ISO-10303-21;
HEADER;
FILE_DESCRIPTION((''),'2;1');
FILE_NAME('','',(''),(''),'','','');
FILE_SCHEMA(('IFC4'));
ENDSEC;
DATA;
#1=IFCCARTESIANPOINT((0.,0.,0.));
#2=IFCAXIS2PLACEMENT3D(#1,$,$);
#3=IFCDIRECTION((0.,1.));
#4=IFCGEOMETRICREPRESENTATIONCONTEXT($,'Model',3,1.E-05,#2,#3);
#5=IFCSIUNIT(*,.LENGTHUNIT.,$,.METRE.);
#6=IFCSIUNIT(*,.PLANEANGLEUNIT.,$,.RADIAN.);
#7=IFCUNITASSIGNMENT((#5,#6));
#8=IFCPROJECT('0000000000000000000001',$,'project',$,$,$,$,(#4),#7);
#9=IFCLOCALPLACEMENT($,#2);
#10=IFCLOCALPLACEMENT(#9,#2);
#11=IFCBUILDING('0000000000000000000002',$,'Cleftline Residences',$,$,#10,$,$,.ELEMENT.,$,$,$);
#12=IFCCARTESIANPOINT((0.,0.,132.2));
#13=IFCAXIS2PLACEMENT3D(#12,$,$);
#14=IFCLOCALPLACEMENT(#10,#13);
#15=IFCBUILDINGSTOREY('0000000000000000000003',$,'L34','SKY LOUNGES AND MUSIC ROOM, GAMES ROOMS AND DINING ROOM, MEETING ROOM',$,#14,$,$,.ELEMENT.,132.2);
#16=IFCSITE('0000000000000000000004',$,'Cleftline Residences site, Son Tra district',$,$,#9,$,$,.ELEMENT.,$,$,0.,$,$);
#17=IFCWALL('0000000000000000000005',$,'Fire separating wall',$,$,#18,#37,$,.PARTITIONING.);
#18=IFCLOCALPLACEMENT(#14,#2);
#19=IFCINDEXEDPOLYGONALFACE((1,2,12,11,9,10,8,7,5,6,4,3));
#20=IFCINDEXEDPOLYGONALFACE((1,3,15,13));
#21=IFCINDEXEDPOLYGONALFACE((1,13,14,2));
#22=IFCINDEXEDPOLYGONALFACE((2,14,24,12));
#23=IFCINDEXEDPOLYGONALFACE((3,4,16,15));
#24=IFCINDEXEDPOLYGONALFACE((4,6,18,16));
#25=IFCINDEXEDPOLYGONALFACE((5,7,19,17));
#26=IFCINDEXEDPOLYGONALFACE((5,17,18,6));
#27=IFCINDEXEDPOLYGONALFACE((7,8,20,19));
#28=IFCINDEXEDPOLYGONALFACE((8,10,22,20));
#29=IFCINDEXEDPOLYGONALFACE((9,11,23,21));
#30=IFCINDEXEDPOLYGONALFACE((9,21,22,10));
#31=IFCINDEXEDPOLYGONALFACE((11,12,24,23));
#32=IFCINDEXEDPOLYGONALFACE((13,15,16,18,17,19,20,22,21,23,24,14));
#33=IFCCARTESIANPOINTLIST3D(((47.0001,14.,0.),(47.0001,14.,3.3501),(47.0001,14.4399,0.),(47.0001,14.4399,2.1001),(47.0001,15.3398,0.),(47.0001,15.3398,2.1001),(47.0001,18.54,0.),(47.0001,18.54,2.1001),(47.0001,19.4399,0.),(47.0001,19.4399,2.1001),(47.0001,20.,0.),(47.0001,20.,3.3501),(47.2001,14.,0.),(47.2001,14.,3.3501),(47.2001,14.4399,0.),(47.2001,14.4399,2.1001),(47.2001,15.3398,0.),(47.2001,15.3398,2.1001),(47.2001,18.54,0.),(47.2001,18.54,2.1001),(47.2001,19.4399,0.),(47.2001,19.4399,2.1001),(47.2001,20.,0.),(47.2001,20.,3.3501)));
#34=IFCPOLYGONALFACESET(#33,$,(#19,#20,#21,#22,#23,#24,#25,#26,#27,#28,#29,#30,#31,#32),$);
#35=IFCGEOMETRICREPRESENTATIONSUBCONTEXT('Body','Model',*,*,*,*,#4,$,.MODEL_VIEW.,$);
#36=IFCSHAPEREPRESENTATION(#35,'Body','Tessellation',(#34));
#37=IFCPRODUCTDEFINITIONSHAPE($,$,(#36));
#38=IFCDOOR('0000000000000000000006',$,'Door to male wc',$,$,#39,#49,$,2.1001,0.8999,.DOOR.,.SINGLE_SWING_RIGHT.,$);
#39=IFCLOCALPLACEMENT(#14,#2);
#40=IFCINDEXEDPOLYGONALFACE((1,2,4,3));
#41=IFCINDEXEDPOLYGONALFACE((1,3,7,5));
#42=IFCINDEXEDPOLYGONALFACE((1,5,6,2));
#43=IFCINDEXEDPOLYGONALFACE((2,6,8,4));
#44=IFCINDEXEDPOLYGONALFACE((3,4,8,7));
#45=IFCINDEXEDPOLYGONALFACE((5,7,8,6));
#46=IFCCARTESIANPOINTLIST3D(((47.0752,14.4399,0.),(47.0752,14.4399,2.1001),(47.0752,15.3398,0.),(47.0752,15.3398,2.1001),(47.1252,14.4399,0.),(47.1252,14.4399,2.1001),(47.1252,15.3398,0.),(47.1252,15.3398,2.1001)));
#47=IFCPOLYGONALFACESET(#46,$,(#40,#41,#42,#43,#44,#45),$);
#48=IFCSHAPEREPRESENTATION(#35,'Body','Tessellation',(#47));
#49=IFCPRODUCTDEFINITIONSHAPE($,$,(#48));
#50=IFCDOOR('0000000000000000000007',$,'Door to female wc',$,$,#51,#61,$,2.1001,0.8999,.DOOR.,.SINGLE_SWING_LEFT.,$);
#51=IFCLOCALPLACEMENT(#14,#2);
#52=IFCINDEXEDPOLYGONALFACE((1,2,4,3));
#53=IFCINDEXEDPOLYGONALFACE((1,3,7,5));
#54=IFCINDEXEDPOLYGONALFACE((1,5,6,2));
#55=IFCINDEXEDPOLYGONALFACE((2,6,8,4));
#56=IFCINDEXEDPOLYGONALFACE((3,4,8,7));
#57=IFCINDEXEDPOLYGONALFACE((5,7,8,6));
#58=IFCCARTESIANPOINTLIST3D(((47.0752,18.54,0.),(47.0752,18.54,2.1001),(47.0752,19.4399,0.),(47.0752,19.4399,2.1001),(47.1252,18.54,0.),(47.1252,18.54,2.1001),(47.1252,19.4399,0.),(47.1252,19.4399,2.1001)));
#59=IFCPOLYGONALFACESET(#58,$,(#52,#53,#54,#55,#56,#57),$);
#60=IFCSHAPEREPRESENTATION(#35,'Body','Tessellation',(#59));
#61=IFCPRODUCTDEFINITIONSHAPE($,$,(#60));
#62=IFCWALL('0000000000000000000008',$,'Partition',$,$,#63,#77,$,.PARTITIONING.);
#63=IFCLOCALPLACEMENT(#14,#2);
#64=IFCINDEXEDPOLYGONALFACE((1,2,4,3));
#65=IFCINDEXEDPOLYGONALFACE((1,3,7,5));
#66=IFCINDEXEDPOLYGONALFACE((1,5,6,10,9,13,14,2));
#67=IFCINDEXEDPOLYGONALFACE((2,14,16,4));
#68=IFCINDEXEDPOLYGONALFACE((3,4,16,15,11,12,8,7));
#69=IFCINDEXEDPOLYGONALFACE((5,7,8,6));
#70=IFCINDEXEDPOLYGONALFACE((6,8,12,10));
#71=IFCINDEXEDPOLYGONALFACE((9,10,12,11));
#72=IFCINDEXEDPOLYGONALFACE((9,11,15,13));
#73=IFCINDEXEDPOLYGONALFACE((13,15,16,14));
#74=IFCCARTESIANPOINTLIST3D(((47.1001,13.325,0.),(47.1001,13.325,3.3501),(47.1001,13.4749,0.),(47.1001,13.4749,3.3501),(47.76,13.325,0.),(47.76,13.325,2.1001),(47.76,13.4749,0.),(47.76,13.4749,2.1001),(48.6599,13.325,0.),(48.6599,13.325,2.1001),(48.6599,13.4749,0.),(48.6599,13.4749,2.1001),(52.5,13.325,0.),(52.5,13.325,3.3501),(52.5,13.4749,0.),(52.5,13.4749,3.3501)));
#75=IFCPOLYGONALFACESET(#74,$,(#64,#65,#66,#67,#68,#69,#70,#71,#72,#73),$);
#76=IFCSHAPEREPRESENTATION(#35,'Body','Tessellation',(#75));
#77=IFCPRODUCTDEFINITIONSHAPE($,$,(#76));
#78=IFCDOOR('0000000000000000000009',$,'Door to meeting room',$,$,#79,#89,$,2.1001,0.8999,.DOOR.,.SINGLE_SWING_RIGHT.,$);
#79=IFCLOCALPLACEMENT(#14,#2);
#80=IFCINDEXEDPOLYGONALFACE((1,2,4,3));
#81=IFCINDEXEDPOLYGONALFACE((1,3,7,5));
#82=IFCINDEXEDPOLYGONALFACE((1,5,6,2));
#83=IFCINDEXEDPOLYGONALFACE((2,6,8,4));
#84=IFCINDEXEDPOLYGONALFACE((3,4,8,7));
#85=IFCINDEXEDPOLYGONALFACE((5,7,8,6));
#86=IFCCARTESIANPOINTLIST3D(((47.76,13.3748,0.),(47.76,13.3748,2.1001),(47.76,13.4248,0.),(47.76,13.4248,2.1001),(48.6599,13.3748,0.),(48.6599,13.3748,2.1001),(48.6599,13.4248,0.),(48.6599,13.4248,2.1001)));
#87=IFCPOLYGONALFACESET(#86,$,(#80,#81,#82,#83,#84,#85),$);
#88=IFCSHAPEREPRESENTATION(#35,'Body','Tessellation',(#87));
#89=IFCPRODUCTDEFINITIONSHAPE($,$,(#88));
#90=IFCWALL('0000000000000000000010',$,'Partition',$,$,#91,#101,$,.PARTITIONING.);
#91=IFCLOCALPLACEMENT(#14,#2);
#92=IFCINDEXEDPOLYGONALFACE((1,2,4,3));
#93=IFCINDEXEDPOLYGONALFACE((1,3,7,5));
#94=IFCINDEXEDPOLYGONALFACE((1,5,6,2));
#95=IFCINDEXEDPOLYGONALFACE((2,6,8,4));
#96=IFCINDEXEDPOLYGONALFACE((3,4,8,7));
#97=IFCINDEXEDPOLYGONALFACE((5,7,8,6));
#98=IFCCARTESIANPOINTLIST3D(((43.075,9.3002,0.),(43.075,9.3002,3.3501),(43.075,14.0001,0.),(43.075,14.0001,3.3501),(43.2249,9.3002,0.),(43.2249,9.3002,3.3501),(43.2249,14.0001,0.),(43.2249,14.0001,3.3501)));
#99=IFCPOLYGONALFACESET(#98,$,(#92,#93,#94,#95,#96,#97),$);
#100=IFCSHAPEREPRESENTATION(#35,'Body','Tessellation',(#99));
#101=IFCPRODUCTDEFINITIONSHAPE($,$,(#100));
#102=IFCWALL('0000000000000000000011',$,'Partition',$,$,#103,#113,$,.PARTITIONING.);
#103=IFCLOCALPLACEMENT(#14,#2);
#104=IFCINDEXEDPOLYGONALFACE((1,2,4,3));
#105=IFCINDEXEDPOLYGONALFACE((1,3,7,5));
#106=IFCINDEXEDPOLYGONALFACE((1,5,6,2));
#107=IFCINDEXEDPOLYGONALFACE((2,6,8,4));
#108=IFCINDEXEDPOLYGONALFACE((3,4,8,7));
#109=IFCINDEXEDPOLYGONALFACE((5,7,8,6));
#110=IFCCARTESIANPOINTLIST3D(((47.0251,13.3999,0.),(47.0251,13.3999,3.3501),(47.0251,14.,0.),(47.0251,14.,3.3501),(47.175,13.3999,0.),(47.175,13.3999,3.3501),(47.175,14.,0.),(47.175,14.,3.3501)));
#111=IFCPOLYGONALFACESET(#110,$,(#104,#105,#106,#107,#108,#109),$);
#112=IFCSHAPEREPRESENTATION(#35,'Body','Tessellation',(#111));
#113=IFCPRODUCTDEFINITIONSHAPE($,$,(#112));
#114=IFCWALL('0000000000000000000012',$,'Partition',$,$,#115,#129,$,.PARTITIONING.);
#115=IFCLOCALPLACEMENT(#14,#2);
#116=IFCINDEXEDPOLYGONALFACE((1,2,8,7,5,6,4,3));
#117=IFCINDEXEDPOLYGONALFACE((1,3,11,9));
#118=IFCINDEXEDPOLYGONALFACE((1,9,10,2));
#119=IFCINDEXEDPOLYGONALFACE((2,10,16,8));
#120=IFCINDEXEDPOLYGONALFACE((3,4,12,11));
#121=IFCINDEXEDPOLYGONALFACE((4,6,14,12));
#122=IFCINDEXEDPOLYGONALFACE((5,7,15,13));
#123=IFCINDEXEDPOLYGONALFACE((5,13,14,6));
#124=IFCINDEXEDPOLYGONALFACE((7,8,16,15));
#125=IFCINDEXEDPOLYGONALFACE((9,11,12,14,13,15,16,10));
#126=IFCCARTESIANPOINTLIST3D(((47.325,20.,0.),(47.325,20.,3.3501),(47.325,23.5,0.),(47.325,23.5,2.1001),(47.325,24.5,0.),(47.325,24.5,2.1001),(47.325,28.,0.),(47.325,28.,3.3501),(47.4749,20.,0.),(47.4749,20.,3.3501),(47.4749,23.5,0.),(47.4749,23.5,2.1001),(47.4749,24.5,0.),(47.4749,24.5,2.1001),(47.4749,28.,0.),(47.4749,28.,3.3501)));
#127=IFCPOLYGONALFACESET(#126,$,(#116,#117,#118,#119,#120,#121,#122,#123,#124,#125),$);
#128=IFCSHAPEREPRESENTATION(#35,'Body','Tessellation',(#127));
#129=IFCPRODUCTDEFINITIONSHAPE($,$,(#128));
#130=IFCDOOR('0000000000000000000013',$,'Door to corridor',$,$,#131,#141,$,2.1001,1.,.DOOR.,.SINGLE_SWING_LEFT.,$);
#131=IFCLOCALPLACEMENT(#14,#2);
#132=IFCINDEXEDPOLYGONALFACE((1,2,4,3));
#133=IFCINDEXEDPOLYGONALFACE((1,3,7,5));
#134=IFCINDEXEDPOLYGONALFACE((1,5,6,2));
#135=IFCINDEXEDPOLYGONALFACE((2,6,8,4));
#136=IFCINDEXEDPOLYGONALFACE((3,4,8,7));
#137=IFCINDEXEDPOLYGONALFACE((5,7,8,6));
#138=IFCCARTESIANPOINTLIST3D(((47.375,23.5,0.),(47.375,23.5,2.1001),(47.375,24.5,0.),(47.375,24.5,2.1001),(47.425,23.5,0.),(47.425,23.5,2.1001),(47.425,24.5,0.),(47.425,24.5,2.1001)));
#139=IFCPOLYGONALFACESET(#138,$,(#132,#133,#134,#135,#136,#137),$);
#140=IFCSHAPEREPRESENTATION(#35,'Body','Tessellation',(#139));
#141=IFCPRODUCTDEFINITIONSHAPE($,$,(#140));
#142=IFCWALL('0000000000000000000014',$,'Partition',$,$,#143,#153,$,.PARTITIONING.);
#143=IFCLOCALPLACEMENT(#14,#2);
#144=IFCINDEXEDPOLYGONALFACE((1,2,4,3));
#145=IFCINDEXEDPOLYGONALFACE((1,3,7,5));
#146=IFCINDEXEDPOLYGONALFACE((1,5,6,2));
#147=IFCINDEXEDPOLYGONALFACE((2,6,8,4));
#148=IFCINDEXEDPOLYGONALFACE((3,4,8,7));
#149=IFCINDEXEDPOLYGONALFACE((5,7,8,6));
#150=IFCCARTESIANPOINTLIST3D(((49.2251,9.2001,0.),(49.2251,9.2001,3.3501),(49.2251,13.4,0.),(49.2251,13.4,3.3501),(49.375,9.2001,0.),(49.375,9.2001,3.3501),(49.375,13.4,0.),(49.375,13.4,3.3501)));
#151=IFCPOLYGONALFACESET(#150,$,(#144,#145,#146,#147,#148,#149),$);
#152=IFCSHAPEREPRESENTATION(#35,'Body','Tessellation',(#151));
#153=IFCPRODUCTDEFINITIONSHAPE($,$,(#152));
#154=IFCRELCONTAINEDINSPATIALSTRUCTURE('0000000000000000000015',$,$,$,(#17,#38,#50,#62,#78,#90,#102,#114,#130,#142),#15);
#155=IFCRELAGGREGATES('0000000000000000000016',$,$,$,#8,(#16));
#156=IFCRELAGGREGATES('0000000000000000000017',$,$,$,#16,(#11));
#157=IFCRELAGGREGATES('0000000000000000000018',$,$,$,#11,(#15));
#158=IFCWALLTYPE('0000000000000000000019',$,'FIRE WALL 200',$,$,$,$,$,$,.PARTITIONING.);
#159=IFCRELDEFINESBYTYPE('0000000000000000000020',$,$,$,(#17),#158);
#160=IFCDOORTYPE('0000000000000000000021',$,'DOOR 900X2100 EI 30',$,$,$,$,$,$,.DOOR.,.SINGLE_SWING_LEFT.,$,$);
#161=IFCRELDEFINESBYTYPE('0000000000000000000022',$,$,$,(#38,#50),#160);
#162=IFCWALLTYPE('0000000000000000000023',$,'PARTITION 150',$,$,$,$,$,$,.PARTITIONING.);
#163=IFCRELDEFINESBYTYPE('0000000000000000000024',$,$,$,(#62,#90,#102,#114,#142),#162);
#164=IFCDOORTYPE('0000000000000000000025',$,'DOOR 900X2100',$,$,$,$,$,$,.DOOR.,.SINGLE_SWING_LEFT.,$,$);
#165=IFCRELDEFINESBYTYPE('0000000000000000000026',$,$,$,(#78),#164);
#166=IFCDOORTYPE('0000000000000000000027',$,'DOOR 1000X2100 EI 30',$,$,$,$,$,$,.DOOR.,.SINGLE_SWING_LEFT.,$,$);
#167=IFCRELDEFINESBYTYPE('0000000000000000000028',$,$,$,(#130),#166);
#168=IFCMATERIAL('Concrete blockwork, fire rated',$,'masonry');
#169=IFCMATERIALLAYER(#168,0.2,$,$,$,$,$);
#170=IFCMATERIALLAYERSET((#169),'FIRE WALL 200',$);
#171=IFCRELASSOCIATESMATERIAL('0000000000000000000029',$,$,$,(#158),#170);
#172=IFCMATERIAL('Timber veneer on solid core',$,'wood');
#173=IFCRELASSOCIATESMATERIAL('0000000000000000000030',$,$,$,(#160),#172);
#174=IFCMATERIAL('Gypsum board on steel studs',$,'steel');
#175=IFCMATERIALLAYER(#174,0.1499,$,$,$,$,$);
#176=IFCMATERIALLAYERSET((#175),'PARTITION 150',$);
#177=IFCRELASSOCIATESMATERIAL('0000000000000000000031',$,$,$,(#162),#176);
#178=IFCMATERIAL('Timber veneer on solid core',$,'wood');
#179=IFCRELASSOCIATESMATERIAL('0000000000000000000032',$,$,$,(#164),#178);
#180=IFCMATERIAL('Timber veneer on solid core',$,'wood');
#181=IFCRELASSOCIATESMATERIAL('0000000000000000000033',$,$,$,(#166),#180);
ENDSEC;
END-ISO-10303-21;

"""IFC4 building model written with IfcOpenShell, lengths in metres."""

from ifc_helpers import new_model, si_unit, direction, frame, frame_2d, origin, place, context, subcontext, project, spatial, rectangle, extrude, material, layer, layer_set, type_object, element, fill, save


model = new_model("IFC4")

# Units and contexts
model_context = context("Model", 3, precision=1e-05, world=origin(), true_north=direction((0.0, 1.0)))
body_context = subcontext(model_context, "Body", "Model", "MODEL_VIEW")
ifc_project = project(units=[si_unit("LENGTHUNIT", "METRE"), si_unit("PLANEANGLEUNIT", "RADIAN")], contexts=[model_context])

# Site, building, storey
site_placement = place(None, origin())
site = spatial("IfcSite", under=ifc_project, at=site_placement, Name="Cleftline Residences site, Son Tra district", CompositionType="ELEMENT", RefElevation=0.0)
building_placement = place(site_placement, origin())
building = spatial("IfcBuilding", under=site, at=building_placement, Name="Cleftline Residences", CompositionType="ELEMENT")
storey_placement = place(building_placement, frame((0.0, 0.0, 132.2)))
storey = spatial("IfcBuildingStorey", under=building, at=storey_placement, Name="L34", Description="SKY LOUNGES AND MUSIC ROOM, GAMES ROOMS AND DINING ROOM, MEETING ROOM", CompositionType="ELEMENT", Elevation=132.2)

# Shared definitions
ifc_material_1 = material(Name="Concrete blockwork, fire rated", Category="masonry")
ifc_layer_1 = layer(ifc_material_1, 0.2)
ifc_layer_set_1 = layer_set([ifc_layer_1], Name="FIRE WALL 200")
wall_type_1 = type_object("IfcWallType", Name="FIRE WALL 200", PredefinedType="PARTITIONING", material=ifc_layer_set_1)

# Wall, openings, doors
wall_1_placement = place(storey_placement, frame((47.1001, 14.0, 0.0), z_axis=(0.0, 0.0, 1.0), x_axis=(0.0, 1.0, 0.0)))
wall_1 = element("IfcWall", 1, at=wall_1_placement, inside=storey, type_object=wall_type_1, Name="Fire separating wall", PredefinedType="PARTITIONING", context=body_context, shape_type="SweptSolid", body=[
    extrude(rectangle(XDim=6.0, YDim=0.2, at=frame_2d((3.0, 0.0))), origin(), (0.0, 0.0, 1.0), 3.3501),
])
opening_1_placement = place(wall_1_placement, frame((0.4399, 0.0, 0.0)))
opening_1 = element("IfcOpeningElement", 2, at=opening_1_placement, cuts=wall_1, PredefinedType="OPENING", context=body_context, shape_type="SweptSolid", body=[
    extrude(rectangle(XDim=0.8999, YDim=2.1001, at=frame_2d((0.45, 1.05))), frame((0.0, 0.1099, 0.0), z_axis=(0.0, -1.0, 0.0), x_axis=(1.0, 0.0, 0.0)), (0.0, 0.0, 1.0), 0.22),
])
opening_2_placement = place(wall_1_placement, frame((4.54, 0.0, 0.0)))
opening_2 = element("IfcOpeningElement", 3, at=opening_2_placement, cuts=wall_1, PredefinedType="OPENING", context=body_context, shape_type="SweptSolid", body=[
    extrude(rectangle(XDim=0.8999, YDim=2.1001, at=frame_2d((0.45, 1.05))), frame((0.0, 0.1099, 0.0), z_axis=(0.0, -1.0, 0.0), x_axis=(1.0, 0.0, 0.0)), (0.0, 0.0, 1.0), 0.22),
])
ifc_material_2 = material(Name="Timber veneer on solid core", Category="wood")
door_type_1 = type_object("IfcDoorType", Name="DOOR 900X2100 EI 30", OperationType="SINGLE_SWING_LEFT", PredefinedType="DOOR", material=ifc_material_2)
door_1_placement = place(opening_1_placement, origin())
door_1 = element("IfcDoor", 4, at=door_1_placement, inside=storey, type_object=door_type_1, Name="Door to male wc", OperationType="SINGLE_SWING_RIGHT", OverallHeight=2.1001, OverallWidth=0.8999, PredefinedType="DOOR", context=body_context, shape_type="SweptSolid", body=[
    extrude(rectangle(XDim=0.8999, YDim=2.1001, at=frame_2d((0.45, 1.05))), frame((0.0, 0.0249, 0.0), z_axis=(0.0, -1.0, 0.0), x_axis=(1.0, 0.0, 0.0)), (0.0, 0.0, 1.0), 0.05),
])
fill(opening_1, door_1)
door_2_placement = place(opening_2_placement, origin())
door_2 = element("IfcDoor", 5, at=door_2_placement, inside=storey, type_object=door_type_1, Name="Door to female wc", OperationType="SINGLE_SWING_LEFT", OverallHeight=2.1001, OverallWidth=0.8999, PredefinedType="DOOR", context=body_context, shape_type="SweptSolid", body=[
    extrude(rectangle(XDim=0.8999, YDim=2.1001, at=frame_2d((0.45, 1.05))), frame((0.0, 0.0249, 0.0), z_axis=(0.0, -1.0, 0.0), x_axis=(1.0, 0.0, 0.0)), (0.0, 0.0, 1.0), 0.05),
])
fill(opening_2, door_2)

# Wall, opening, door
ifc_material_3 = material(Name="Gypsum board on steel studs", Category="steel")
ifc_layer_2 = layer(ifc_material_3, 0.1499)
ifc_layer_set_2 = layer_set([ifc_layer_2], Name="PARTITION 150")
wall_type_2 = type_object("IfcWallType", Name="PARTITION 150", PredefinedType="PARTITIONING", material=ifc_layer_set_2)
wall_2_placement = place(storey_placement, frame((47.1001, 13.3999, 0.0), z_axis=(0.0, 0.0, 1.0), x_axis=(1.0, 0.0, 0.0)))
wall_2 = element("IfcWall", 6, at=wall_2_placement, inside=storey, type_object=wall_type_2, Name="Partition", PredefinedType="PARTITIONING", context=body_context, shape_type="SweptSolid", body=[
    extrude(rectangle(XDim=5.3999, YDim=0.1499, at=frame_2d((2.7, 0.0))), origin(), (0.0, 0.0, 1.0), 3.3501),
])
opening_3_placement = place(wall_2_placement, frame((0.6599, 0.0, 0.0)))
opening_3 = element("IfcOpeningElement", 7, at=opening_3_placement, cuts=wall_2, PredefinedType="OPENING", context=body_context, shape_type="SweptSolid", body=[
    extrude(rectangle(XDim=0.8999, YDim=2.1001, at=frame_2d((0.45, 1.05))), frame((0.0, 0.085, 0.0), z_axis=(0.0, -1.0, 0.0), x_axis=(1.0, 0.0, 0.0)), (0.0, 0.0, 1.0), 0.1699),
])
ifc_material_4 = material(Name="Timber veneer on solid core", Category="wood")
door_type_2 = type_object("IfcDoorType", Name="DOOR 900X2100", OperationType="SINGLE_SWING_LEFT", PredefinedType="DOOR", material=ifc_material_4)
door_3_placement = place(opening_3_placement, origin())
door_3 = element("IfcDoor", 8, at=door_3_placement, inside=storey, type_object=door_type_2, Name="Door to meeting room", OperationType="SINGLE_SWING_RIGHT", OverallHeight=2.1001, OverallWidth=0.8999, PredefinedType="DOOR", context=body_context, shape_type="SweptSolid", body=[
    extrude(rectangle(XDim=0.8999, YDim=2.1001, at=frame_2d((0.45, 1.05))), frame((0.0, 0.0249, 0.0), z_axis=(0.0, -1.0, 0.0), x_axis=(1.0, 0.0, 0.0)), (0.0, 0.0, 1.0), 0.05),
])
fill(opening_3, door_3)

# Walls
wall_3_placement = place(storey_placement, frame((43.1499, 9.3, 0.0), z_axis=(0.0, 0.0, 1.0), x_axis=(0.0, 1.0, 0.0)))
element("IfcWall", 9, at=wall_3_placement, inside=storey, type_object=wall_type_2, Name="Partition", PredefinedType="PARTITIONING", context=body_context, shape_type="SweptSolid", body=[
    extrude(rectangle(XDim=4.7, YDim=0.1499, at=frame_2d((2.3501, 0.0))), origin(), (0.0, 0.0, 1.0), 3.3501),
])
wall_4_placement = place(storey_placement, frame((47.1001, 13.3999, 0.0), z_axis=(0.0, 0.0, 1.0), x_axis=(0.0, 1.0, 0.0)))
element("IfcWall", 10, at=wall_4_placement, inside=storey, type_object=wall_type_2, Name="Partition", PredefinedType="PARTITIONING", context=body_context, shape_type="SweptSolid", body=[
    extrude(rectangle(XDim=0.6001, YDim=0.1499, at=frame_2d((0.3, 0.0))), origin(), (0.0, 0.0, 1.0), 3.3501),
])

# Wall, opening, door
wall_5_placement = place(storey_placement, frame((47.3999, 20.0, 0.0), z_axis=(0.0, 0.0, 1.0), x_axis=(0.0, 1.0, 0.0)))
wall_5 = element("IfcWall", 11, at=wall_5_placement, inside=storey, type_object=wall_type_2, Name="Partition", PredefinedType="PARTITIONING", context=body_context, shape_type="SweptSolid", body=[
    extrude(rectangle(XDim=8.0, YDim=0.1499, at=frame_2d((4.0, 0.0))), origin(), (0.0, 0.0, 1.0), 3.3501),
])
opening_4_placement = place(wall_5_placement, frame((3.5, 0.0, 0.0)))
opening_4 = element("IfcOpeningElement", 12, at=opening_4_placement, cuts=wall_5, PredefinedType="OPENING", context=body_context, shape_type="SweptSolid", body=[
    extrude(rectangle(XDim=1.0, YDim=2.1001, at=frame_2d((0.5, 1.05))), frame((0.0, 0.085, 0.0), z_axis=(0.0, -1.0, 0.0), x_axis=(1.0, 0.0, 0.0)), (0.0, 0.0, 1.0), 0.1699),
])
ifc_material_5 = material(Name="Timber veneer on solid core", Category="wood")
door_type_3 = type_object("IfcDoorType", Name="DOOR 1000X2100 EI 30", OperationType="SINGLE_SWING_LEFT", PredefinedType="DOOR", material=ifc_material_5)
door_4_placement = place(opening_4_placement, origin())
door_4 = element("IfcDoor", 13, at=door_4_placement, inside=storey, type_object=door_type_3, Name="Door to corridor", OperationType="SINGLE_SWING_LEFT", OverallHeight=2.1001, OverallWidth=1.0, PredefinedType="DOOR", context=body_context, shape_type="SweptSolid", body=[
    extrude(rectangle(XDim=1.0, YDim=2.1001, at=frame_2d((0.5, 1.05))), frame((0.0, 0.0249, 0.0), z_axis=(0.0, -1.0, 0.0), x_axis=(1.0, 0.0, 0.0)), (0.0, 0.0, 1.0), 0.05),
])
fill(opening_4, door_4)

# Wall
wall_6_placement = place(storey_placement, frame((49.3, 9.2, 0.0), z_axis=(0.0, 0.0, 1.0), x_axis=(0.0, 1.0, 0.0)))
element("IfcWall", 14, at=wall_6_placement, inside=storey, type_object=wall_type_2, Name="Partition", PredefinedType="PARTITIONING", context=body_context, shape_type="SweptSolid", body=[
    extrude(rectangle(XDim=4.2, YDim=0.1499, at=frame_2d((2.1001, 0.0))), origin(), (0.0, 0.0, 1.0), 3.3501),
])

save(model, "model.ifc")
